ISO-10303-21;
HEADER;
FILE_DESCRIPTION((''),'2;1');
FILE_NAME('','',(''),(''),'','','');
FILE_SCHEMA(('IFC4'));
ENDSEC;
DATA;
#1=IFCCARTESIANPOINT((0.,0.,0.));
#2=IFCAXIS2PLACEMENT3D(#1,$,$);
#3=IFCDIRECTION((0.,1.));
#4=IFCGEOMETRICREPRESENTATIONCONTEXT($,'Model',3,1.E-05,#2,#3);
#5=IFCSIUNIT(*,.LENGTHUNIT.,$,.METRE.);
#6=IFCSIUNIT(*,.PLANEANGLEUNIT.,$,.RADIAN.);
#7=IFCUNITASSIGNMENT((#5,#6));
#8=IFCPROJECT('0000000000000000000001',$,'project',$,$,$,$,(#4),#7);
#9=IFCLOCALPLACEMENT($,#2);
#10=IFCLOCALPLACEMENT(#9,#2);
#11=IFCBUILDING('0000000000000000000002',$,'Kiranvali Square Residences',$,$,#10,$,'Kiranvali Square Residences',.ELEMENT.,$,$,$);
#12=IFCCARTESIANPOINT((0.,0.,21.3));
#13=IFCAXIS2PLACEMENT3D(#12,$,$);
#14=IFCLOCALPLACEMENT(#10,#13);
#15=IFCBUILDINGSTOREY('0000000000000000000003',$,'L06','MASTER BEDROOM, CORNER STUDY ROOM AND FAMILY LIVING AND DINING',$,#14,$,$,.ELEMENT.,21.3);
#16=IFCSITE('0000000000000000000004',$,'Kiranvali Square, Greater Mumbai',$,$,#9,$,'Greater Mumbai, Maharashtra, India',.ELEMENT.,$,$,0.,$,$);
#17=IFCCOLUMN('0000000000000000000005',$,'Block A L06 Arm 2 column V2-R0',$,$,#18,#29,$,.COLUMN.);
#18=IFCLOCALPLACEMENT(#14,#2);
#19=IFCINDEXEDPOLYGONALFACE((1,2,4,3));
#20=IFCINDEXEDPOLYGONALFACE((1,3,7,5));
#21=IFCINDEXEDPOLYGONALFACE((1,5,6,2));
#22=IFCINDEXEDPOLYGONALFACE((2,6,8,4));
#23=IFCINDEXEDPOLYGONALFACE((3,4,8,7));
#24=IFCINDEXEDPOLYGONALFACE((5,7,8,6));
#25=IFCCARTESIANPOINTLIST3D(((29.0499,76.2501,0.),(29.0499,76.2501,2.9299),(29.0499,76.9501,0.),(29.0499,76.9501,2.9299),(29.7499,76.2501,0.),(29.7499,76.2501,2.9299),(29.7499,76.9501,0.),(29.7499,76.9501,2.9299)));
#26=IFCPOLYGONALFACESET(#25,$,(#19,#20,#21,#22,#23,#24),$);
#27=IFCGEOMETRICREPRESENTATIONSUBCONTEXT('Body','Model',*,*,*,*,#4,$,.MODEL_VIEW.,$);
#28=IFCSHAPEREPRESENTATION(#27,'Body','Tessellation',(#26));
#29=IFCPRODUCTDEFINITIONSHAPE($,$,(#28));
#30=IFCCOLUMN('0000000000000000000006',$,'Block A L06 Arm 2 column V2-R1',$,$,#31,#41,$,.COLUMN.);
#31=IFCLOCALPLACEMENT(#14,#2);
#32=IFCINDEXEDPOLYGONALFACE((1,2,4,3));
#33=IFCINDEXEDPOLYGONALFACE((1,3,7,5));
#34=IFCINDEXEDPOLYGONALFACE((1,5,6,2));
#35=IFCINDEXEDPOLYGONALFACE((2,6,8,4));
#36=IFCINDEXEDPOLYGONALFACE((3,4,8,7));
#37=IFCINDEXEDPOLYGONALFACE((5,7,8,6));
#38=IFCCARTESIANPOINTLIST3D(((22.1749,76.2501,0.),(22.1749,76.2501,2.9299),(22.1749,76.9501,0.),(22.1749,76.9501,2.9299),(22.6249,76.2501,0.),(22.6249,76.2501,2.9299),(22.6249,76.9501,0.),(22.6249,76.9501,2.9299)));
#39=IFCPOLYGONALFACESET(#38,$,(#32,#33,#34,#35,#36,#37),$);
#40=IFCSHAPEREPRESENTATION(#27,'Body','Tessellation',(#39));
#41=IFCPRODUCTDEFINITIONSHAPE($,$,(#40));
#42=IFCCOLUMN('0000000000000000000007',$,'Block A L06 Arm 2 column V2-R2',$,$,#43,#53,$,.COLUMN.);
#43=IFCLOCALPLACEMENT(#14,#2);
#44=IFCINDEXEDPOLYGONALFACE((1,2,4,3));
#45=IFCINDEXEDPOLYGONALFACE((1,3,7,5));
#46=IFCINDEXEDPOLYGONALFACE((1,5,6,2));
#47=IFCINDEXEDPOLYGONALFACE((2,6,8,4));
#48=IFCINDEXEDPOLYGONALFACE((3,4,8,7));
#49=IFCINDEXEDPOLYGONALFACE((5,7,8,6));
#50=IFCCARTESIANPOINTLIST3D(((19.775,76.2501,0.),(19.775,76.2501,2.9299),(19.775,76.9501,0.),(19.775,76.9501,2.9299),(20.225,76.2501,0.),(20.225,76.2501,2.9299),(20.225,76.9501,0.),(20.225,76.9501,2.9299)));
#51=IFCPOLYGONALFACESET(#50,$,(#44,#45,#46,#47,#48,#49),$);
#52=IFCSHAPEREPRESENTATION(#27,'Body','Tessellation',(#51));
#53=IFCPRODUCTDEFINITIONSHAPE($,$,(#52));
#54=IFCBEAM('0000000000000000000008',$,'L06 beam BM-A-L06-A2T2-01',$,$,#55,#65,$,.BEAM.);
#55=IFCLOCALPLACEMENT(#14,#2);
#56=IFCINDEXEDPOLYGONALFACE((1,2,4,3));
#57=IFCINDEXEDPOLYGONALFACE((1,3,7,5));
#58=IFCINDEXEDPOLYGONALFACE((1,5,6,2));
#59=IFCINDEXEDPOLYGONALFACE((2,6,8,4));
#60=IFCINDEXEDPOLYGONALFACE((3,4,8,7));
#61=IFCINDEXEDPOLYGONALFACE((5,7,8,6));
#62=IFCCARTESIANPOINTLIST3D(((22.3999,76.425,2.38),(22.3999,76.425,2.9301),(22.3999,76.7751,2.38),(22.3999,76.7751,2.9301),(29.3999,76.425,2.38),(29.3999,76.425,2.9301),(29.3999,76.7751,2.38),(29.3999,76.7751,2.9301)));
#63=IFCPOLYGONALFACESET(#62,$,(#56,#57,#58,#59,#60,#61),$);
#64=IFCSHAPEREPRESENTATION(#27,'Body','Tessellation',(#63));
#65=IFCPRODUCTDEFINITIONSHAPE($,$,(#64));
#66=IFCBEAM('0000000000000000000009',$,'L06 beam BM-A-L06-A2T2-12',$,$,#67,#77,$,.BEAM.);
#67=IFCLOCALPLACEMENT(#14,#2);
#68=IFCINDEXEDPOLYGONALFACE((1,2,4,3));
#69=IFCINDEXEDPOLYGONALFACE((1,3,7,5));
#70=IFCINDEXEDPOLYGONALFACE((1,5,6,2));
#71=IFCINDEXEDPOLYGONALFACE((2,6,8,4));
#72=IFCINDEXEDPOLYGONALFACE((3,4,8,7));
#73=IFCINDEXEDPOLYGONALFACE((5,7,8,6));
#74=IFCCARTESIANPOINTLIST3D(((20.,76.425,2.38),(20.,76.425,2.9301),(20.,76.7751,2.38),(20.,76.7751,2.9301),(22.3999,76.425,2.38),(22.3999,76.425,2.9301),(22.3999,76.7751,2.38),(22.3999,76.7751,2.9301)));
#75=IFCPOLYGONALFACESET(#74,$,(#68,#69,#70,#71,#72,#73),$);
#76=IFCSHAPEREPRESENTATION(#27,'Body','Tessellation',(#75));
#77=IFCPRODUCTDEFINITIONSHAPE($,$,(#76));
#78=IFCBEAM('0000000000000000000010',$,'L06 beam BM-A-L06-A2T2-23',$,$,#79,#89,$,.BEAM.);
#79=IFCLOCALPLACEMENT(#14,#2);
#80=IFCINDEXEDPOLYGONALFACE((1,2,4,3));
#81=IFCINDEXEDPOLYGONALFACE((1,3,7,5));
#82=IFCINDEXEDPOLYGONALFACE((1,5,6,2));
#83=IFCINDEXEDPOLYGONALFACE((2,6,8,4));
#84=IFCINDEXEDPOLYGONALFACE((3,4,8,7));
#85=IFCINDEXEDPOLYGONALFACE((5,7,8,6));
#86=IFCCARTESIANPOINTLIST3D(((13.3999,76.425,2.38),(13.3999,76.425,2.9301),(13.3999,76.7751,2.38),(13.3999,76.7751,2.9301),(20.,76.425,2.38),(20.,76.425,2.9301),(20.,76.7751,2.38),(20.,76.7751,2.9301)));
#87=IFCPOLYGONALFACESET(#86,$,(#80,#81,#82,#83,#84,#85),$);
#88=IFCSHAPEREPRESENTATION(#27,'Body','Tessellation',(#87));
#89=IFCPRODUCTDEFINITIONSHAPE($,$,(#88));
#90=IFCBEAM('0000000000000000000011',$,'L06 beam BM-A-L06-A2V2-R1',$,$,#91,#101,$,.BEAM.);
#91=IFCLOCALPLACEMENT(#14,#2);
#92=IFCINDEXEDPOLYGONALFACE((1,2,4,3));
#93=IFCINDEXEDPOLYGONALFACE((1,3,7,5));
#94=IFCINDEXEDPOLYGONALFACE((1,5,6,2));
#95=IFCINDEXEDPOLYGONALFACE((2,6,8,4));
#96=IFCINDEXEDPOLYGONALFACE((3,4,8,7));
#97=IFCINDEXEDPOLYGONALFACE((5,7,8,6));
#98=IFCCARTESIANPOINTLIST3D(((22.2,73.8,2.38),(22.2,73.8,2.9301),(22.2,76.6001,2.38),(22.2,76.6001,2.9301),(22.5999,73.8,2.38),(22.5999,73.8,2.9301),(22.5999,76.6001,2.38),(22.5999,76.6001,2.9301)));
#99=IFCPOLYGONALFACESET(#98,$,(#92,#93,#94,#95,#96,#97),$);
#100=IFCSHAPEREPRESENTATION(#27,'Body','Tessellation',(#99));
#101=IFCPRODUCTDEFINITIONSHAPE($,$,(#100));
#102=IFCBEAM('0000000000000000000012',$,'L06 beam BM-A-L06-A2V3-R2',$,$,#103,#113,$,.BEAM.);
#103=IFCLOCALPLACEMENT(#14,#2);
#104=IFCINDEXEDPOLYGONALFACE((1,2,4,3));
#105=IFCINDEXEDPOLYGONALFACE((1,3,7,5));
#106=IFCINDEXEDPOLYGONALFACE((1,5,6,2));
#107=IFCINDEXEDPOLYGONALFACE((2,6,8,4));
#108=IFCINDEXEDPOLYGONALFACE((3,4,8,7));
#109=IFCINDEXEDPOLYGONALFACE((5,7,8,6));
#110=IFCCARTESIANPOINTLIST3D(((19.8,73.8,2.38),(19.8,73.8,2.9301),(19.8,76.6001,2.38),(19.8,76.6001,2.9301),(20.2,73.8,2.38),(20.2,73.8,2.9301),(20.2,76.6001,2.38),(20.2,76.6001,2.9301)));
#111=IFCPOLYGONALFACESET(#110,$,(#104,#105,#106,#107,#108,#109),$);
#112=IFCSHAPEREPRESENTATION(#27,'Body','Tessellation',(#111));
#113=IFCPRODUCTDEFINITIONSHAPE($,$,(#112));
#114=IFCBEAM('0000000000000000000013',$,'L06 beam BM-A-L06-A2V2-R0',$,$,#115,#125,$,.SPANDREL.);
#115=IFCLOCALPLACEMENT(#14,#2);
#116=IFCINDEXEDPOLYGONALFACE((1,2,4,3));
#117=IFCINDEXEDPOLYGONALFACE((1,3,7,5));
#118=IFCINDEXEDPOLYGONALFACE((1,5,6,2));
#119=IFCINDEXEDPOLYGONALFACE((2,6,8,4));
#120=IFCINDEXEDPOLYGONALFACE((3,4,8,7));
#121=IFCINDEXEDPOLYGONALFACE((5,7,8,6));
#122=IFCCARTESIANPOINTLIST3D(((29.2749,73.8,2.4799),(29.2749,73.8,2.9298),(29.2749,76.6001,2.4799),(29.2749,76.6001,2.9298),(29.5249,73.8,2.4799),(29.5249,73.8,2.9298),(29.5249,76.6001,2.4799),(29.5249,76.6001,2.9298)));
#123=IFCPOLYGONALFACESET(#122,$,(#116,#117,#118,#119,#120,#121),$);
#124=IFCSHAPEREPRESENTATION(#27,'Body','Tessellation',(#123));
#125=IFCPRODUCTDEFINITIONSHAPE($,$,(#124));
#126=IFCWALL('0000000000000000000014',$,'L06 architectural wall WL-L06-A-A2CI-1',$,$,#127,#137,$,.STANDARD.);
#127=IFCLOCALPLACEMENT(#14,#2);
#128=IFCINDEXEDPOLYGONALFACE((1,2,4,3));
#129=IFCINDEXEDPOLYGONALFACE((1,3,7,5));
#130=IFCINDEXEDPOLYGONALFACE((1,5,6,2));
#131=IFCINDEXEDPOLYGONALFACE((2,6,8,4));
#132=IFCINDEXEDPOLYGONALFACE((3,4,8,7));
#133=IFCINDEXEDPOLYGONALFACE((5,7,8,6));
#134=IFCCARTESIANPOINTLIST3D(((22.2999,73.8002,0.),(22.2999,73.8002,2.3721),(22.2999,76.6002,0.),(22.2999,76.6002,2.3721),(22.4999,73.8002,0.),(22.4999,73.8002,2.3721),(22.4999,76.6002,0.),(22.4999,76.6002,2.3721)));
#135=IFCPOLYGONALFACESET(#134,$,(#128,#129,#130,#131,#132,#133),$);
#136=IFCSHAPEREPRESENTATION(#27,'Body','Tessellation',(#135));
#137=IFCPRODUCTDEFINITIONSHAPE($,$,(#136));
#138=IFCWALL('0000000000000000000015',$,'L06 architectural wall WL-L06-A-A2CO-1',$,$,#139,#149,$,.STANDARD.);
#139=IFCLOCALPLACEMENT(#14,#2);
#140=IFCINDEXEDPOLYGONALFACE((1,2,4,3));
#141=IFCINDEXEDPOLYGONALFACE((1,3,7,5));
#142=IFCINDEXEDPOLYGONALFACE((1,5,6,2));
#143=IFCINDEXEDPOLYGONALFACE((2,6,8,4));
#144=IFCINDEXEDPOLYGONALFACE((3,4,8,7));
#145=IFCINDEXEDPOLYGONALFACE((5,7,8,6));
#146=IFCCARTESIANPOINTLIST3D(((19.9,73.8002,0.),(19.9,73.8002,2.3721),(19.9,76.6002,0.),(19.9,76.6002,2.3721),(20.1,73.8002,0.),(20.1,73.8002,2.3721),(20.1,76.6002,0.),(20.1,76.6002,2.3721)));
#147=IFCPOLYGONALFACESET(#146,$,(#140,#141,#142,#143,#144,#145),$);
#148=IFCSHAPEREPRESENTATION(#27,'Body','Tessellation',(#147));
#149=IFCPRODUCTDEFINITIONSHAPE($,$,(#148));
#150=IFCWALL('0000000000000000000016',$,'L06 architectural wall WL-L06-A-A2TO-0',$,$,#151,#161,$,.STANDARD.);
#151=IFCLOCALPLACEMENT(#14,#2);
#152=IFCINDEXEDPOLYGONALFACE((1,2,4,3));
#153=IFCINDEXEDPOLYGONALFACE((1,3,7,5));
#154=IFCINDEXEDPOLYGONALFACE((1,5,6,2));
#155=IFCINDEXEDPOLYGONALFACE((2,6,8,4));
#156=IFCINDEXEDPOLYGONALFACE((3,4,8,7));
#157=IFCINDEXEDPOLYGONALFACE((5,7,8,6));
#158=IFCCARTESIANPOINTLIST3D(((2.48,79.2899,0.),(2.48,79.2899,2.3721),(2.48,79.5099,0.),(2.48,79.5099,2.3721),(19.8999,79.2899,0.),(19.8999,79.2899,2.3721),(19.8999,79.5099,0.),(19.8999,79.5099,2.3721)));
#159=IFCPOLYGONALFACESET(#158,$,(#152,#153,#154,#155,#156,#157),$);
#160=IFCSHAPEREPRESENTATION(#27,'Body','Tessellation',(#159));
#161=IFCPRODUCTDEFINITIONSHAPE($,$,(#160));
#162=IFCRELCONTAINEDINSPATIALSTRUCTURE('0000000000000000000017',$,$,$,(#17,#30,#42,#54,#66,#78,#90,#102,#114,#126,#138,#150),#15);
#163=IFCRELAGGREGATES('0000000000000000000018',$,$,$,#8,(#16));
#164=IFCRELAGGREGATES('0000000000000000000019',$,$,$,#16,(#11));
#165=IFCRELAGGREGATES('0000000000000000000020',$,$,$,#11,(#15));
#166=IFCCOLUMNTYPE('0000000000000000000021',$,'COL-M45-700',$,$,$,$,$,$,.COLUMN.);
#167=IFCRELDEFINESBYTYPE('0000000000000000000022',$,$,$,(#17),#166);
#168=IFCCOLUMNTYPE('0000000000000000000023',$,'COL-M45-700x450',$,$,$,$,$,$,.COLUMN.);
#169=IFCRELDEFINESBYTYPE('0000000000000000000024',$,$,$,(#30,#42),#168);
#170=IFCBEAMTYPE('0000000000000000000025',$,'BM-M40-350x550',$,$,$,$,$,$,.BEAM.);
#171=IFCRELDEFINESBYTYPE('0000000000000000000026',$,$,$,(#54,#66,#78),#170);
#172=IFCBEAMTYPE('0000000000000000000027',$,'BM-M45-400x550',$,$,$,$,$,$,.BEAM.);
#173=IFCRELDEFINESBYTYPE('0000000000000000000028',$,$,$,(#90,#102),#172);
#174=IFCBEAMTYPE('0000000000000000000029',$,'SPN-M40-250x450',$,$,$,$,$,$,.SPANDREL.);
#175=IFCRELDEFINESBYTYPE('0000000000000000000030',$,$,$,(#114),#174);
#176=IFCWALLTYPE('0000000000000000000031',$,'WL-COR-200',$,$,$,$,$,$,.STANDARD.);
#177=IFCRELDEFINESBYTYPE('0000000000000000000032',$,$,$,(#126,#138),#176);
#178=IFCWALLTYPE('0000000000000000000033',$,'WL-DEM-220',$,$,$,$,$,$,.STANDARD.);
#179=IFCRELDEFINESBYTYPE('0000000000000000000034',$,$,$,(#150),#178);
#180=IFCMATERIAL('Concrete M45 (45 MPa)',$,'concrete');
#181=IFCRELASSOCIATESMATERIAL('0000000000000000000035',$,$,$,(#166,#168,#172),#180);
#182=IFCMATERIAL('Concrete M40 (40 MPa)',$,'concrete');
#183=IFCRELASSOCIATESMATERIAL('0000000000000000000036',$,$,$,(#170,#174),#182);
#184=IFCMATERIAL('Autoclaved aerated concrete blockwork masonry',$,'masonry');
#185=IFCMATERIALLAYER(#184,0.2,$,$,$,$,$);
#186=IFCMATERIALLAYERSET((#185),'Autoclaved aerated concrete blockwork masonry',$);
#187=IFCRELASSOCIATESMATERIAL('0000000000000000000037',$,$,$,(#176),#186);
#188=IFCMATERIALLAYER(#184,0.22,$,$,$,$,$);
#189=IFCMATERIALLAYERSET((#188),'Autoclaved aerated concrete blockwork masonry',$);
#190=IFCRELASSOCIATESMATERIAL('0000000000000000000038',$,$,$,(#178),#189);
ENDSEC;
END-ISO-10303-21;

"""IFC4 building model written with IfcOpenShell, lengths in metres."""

from ifc_helpers import new_model, si_unit, direction, frame, frame_2d, origin, origin_2d, place, context, subcontext, project, spatial, rectangle, extrude, material, layer, layer_set, material_profile, profile_set, type_object, element, save


model = new_model("IFC4")

# Units and contexts
model_context = context("Model", 3, precision=1e-05, world=origin(), true_north=direction((0.0, 1.0)))
body_context = subcontext(model_context, "Body", "Model", "MODEL_VIEW")
ifc_project = project(units=[si_unit("LENGTHUNIT", "METRE"), si_unit("PLANEANGLEUNIT", "RADIAN")], contexts=[model_context])

# Site, building, storey
site_placement = place(None, origin())
site = spatial("IfcSite", under=ifc_project, at=site_placement, Name="Kiranvali Square, Greater Mumbai", LongName="Greater Mumbai, Maharashtra, India", CompositionType="ELEMENT", RefElevation=0.0)
building_placement = place(site_placement, origin())
building = spatial("IfcBuilding", under=site, at=building_placement, Name="Kiranvali Square Residences", LongName="Kiranvali Square Residences", CompositionType="ELEMENT")
storey_placement = place(building_placement, frame((0.0, 0.0, 21.3)))
storey = spatial("IfcBuildingStorey", under=building, at=storey_placement, Name="L06", Description="MASTER BEDROOM, CORNER STUDY ROOM AND FAMILY LIVING AND DINING", CompositionType="ELEMENT", Elevation=21.3)

# Columns
ifc_material_1 = material(Name="Concrete M45 (45 MPa)", Category="concrete")
ifc_material_profile_1 = material_profile(ifc_material_1, rectangle(XDim=0.7, YDim=0.7, at=origin_2d()), Name="RC 700x700")
ifc_profile_set_1 = profile_set([ifc_material_profile_1], Name="Concrete M45 (45 MPa)")
column_type_1 = type_object("IfcColumnType", Name="COL-M45-700", PredefinedType="COLUMN", material=ifc_profile_set_1)
column_placement = place(storey_placement, frame((29.3999, 76.6001, 0.0), z_axis=(0.0, 0.0, 1.0), x_axis=(1.0, 0.0, 0.0)))
element("IfcColumn", 1, at=column_placement, inside=storey, type_object=column_type_1, Name="Block A L06 Arm 2 column V2-R0", PredefinedType="COLUMN", context=body_context, shape_type="SweptSolid", body=[
    extrude(rectangle(XDim=0.7, YDim=0.7, at=origin_2d()), origin(), (0.0, 0.0, 1.0), 2.9299),
])
ifc_material_profile_2 = material_profile(ifc_material_1, rectangle(XDim=0.45, YDim=0.7, at=origin_2d()), Name="RC 700x450")
ifc_profile_set_2 = profile_set([ifc_material_profile_2], Name="Concrete M45 (45 MPa)")
column_type_2 = type_object("IfcColumnType", Name="COL-M45-700x450", PredefinedType="COLUMN", material=ifc_profile_set_2)
for number, where, z_axis, x_axis, name in (
    (2, (22.3999, 76.6001, 0.0), (0.0, 0.0, 1.0), (1.0, 0.0, 0.0), "Block A L06 Arm 2 column V2-R1"),
    (3, (20.0, 76.6001, 0.0), (0.0, 0.0, 1.0), (1.0, 0.0, 0.0), "Block A L06 Arm 2 column V2-R2"),
):
    element("IfcColumn", number, at=place(storey_placement, frame(where, z_axis=z_axis, x_axis=x_axis)), inside=storey, type_object=column_type_2, Name=name, PredefinedType="COLUMN", context=body_context, shape_type="SweptSolid", body=[
        extrude(rectangle(XDim=0.45, YDim=0.7, at=origin_2d()), origin(), (0.0, 0.0, 1.0), 2.9299),
    ])

# Beams
ifc_material_2 = material(Name="Concrete M40 (40 MPa)", Category="concrete")
ifc_material_profile_3 = material_profile(ifc_material_2, rectangle(XDim=0.3501, YDim=0.55, at=origin_2d()), Name="RC 350x550")
ifc_profile_set_3 = profile_set([ifc_material_profile_3], Name="Concrete M40 (40 MPa)")
beam_type_1 = type_object("IfcBeamType", Name="BM-M40-350x550", PredefinedType="BEAM", material=ifc_profile_set_3)
beam_1_placement = place(storey_placement, frame((29.3999, 76.6001, 2.655), z_axis=(-1.0, 0.0, 0.0), x_axis=(0.0, -1.0, 0.0)))
element("IfcBeam", 4, at=beam_1_placement, inside=storey, type_object=beam_type_1, Name="L06 beam BM-A-L06-A2T2-01", PredefinedType="BEAM", context=body_context, shape_type="SweptSolid", body=[
    extrude(rectangle(XDim=0.3501, YDim=0.55, at=origin_2d()), origin(), (0.0, 0.0, 1.0), 7.0),
])
beam_2_placement = place(storey_placement, frame((22.3999, 76.6001, 2.655), z_axis=(-1.0, 0.0, 0.0), x_axis=(0.0, -1.0, 0.0)))
element("IfcBeam", 5, at=beam_2_placement, inside=storey, type_object=beam_type_1, Name="L06 beam BM-A-L06-A2T2-12", PredefinedType="BEAM", context=body_context, shape_type="SweptSolid", body=[
    extrude(rectangle(XDim=0.3501, YDim=0.55, at=origin_2d()), origin(), (0.0, 0.0, 1.0), 2.3999),
])
beam_3_placement = place(storey_placement, frame((20.0, 76.6001, 2.655), z_axis=(-1.0, 0.0, 0.0), x_axis=(0.0, -1.0, 0.0)))
element("IfcBeam", 6, at=beam_3_placement, inside=storey, type_object=beam_type_1, Name="L06 beam BM-A-L06-A2T2-23", PredefinedType="BEAM", context=body_context, shape_type="SweptSolid", body=[
    extrude(rectangle(XDim=0.3501, YDim=0.55, at=origin_2d()), origin(), (0.0, 0.0, 1.0), 6.6001),
])
ifc_material_profile_4 = material_profile(ifc_material_1, rectangle(XDim=0.3999, YDim=0.55, at=origin_2d()), Name="RC 400x550")
ifc_profile_set_4 = profile_set([ifc_material_profile_4], Name="Concrete M45 (45 MPa)")
beam_type_2 = type_object("IfcBeamType", Name="BM-M45-400x550", PredefinedType="BEAM", material=ifc_profile_set_4)
for number, where, z_axis, x_axis, name in (
    (7, (22.3999, 76.6001, 2.655), (0.0, -1.0, 0.0), (1.0, 0.0, 0.0), "L06 beam BM-A-L06-A2V2-R1"),
    (8, (20.0, 76.6001, 2.655), (0.0, -1.0, 0.0), (1.0, 0.0, 0.0), "L06 beam BM-A-L06-A2V3-R2"),
):
    element("IfcBeam", number, at=place(storey_placement, frame(where, z_axis=z_axis, x_axis=x_axis)), inside=storey, type_object=beam_type_2, Name=name, PredefinedType="BEAM", context=body_context, shape_type="SweptSolid", body=[
        extrude(rectangle(XDim=0.3999, YDim=0.55, at=origin_2d()), origin(), (0.0, 0.0, 1.0), 2.8),
    ])
ifc_material_profile_5 = material_profile(ifc_material_2, rectangle(XDim=0.25, YDim=0.45, at=origin_2d()), Name="RC 250x450")
ifc_profile_set_5 = profile_set([ifc_material_profile_5], Name="Concrete M40 (40 MPa)")
beam_type_3 = type_object("IfcBeamType", Name="SPN-M40-250x450", PredefinedType="SPANDREL", material=ifc_profile_set_5)
beam_4_placement = place(storey_placement, frame((29.3999, 76.6001, 2.7048), z_axis=(0.0, -1.0, 0.0), x_axis=(1.0, 0.0, 0.0)))
element("IfcBeam", 9, at=beam_4_placement, inside=storey, type_object=beam_type_3, Name="L06 beam BM-A-L06-A2V2-R0", PredefinedType="SPANDREL", context=body_context, shape_type="SweptSolid", body=[
    extrude(rectangle(XDim=0.25, YDim=0.45, at=origin_2d()), origin(), (0.0, 0.0, 1.0), 2.8),
])

# Walls
ifc_material_3 = material(Name="Autoclaved aerated concrete blockwork masonry", Category="masonry")
ifc_layer_1 = layer(ifc_material_3, 0.2)
ifc_layer_set_1 = layer_set([ifc_layer_1], Name="Autoclaved aerated concrete blockwork masonry")
wall_type_1 = type_object("IfcWallType", Name="WL-COR-200", PredefinedType="STANDARD", material=ifc_layer_set_1)
for number, where, z_axis, x_axis, name in (
    (10, (22.3999, 76.6001, 0.0), (0.0, 0.0, 1.0), (0.0, -1.0, 0.0), "L06 architectural wall WL-L06-A-A2CI-1"),
    (11, (20.0, 76.6001, 0.0), (0.0, 0.0, 1.0), (0.0, -1.0, 0.0), "L06 architectural wall WL-L06-A-A2CO-1"),
):
    element("IfcWall", number, at=place(storey_placement, frame(where, z_axis=z_axis, x_axis=x_axis)), inside=storey, type_object=wall_type_1, Name=name, PredefinedType="STANDARD", context=body_context, shape_type="SweptSolid", body=[
        extrude(rectangle(XDim=2.8, YDim=0.2, at=frame_2d((1.3999, 0.0))), origin(), (0.0, 0.0, 1.0), 2.3721),
    ])
ifc_layer_2 = layer(ifc_material_3, 0.22)
ifc_layer_set_2 = layer_set([ifc_layer_2], Name="Autoclaved aerated concrete blockwork masonry")
wall_type_2 = type_object("IfcWallType", Name="WL-DEM-220", PredefinedType="STANDARD", material=ifc_layer_set_2)
wall_1_placement = place(storey_placement, frame((19.8999, 79.3999, 0.0), z_axis=(0.0, 0.0, 1.0), x_axis=(-1.0, 0.0, 0.0)))
element("IfcWall", 12, at=wall_1_placement, inside=storey, type_object=wall_type_2, Name="L06 architectural wall WL-L06-A-A2TO-0", PredefinedType="STANDARD", context=body_context, shape_type="SweptSolid", body=[
    extrude(rectangle(XDim=17.4199, YDim=0.22, at=frame_2d((8.71, 0.0))), origin(), (0.0, 0.0, 1.0), 2.3721),
])

save(model, "model.ifc")
